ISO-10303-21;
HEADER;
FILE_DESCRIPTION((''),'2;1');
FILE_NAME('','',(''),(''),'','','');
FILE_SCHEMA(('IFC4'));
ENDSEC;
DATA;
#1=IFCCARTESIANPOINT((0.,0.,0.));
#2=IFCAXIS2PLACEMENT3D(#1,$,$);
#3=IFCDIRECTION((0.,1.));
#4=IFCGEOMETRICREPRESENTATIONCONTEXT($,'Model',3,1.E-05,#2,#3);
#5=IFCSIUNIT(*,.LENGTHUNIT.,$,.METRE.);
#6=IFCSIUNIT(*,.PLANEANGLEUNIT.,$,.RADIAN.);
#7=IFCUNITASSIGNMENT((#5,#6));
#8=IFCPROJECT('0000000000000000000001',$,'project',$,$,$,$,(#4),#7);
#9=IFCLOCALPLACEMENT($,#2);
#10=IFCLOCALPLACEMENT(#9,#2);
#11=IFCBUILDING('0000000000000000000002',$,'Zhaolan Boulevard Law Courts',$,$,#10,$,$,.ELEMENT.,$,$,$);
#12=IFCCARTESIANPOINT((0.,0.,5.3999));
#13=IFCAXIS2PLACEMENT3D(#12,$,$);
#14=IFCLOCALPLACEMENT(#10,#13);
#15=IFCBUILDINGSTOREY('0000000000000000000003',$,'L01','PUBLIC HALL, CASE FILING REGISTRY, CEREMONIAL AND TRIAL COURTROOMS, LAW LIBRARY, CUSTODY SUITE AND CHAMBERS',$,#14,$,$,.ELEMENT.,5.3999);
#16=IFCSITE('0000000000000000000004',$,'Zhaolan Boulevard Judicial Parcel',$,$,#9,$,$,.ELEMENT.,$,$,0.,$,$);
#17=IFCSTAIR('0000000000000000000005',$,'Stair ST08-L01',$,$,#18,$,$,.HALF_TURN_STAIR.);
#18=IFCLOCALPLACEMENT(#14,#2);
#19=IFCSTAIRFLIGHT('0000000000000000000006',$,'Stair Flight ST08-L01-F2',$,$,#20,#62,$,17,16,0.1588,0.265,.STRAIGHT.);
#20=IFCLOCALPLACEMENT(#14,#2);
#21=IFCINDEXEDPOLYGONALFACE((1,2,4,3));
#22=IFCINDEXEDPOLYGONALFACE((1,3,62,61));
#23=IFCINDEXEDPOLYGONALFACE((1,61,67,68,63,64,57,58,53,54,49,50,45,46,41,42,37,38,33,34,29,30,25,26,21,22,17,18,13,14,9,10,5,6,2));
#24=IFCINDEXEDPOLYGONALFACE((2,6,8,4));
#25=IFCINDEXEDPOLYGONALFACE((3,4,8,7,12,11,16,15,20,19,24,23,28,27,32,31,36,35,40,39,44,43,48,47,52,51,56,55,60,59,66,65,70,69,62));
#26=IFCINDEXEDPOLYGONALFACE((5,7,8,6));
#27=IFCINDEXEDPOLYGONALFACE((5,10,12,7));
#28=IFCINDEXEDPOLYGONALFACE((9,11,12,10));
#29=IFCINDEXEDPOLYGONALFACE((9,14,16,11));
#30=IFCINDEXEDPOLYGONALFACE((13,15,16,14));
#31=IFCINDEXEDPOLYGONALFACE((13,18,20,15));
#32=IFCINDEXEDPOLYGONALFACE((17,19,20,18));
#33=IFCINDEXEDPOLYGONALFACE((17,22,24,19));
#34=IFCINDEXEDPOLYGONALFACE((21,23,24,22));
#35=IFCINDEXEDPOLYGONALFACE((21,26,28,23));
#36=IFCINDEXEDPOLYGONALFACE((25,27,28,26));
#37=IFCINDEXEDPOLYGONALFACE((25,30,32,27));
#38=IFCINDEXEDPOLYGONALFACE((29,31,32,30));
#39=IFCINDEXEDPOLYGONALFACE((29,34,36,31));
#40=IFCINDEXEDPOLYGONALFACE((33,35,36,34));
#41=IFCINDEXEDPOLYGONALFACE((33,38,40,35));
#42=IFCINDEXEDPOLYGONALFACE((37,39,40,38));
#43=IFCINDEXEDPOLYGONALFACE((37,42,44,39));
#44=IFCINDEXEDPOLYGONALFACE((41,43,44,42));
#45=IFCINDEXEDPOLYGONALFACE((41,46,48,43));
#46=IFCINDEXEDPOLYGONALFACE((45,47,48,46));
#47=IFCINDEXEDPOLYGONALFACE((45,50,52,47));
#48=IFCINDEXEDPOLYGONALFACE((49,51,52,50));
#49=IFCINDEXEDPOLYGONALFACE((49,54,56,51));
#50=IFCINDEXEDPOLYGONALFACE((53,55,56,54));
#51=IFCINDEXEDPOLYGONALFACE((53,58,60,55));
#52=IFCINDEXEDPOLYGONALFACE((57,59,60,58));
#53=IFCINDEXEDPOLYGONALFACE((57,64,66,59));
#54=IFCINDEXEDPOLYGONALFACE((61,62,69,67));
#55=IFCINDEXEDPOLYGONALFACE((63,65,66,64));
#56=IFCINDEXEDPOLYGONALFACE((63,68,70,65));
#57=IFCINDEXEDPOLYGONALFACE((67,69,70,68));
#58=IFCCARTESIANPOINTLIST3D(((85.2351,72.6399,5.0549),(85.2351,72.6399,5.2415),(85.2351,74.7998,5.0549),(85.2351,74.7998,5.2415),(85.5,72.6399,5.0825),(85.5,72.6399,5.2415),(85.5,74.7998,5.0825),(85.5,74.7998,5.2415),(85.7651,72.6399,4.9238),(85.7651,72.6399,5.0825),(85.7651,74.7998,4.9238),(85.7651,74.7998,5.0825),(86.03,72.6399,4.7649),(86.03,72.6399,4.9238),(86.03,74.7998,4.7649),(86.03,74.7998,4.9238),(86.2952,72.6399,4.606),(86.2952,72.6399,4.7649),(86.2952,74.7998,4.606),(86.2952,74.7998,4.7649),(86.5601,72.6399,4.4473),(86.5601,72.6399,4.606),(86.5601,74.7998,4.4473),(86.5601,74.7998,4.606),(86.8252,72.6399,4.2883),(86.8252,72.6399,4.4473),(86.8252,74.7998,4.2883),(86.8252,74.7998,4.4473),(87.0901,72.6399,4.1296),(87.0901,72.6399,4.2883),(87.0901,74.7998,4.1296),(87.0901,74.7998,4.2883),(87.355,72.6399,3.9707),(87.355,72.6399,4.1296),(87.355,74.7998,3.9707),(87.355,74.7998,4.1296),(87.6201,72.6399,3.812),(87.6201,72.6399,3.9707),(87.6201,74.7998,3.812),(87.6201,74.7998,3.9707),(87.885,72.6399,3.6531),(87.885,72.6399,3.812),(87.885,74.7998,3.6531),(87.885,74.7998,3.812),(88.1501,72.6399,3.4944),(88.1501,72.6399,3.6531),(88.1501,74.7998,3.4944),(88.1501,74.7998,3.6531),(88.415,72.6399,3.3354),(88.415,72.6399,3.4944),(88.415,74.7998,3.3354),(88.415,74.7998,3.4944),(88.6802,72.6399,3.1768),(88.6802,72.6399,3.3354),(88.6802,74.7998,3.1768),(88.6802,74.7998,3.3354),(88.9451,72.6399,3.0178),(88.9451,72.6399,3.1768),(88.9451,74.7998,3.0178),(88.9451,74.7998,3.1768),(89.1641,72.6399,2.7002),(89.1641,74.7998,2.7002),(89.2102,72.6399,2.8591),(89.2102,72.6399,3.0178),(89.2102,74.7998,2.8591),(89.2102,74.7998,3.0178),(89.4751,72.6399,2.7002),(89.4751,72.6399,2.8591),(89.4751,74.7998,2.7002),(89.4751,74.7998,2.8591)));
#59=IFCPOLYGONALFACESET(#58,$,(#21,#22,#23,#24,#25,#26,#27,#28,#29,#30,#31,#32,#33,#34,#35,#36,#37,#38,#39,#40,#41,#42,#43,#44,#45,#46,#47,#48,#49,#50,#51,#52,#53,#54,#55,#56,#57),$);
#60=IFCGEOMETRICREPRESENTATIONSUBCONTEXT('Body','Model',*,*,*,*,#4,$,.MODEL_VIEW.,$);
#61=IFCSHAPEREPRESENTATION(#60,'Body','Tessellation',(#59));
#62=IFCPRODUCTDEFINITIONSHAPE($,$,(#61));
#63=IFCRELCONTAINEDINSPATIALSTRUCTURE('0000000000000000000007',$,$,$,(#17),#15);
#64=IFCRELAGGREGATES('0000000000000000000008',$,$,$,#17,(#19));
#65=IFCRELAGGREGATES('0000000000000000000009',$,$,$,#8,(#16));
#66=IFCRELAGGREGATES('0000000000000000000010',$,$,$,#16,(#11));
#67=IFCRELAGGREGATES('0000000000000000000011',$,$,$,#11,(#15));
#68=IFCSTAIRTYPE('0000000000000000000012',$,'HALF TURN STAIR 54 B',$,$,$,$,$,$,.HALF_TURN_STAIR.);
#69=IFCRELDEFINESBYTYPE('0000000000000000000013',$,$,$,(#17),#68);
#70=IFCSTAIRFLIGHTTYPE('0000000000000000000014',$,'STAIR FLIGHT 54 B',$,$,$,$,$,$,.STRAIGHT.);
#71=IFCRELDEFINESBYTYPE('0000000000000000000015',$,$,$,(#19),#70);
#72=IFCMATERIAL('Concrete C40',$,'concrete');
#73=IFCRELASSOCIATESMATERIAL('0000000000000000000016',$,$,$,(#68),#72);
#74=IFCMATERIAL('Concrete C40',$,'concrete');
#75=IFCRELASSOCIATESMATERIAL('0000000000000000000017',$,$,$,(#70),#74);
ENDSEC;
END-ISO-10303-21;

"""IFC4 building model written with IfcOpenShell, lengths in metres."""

from ifc_helpers import new_model, si_unit, direction, frame, origin, place, context, subcontext, project, spatial, polyline, outline, extrude, material, type_object, element, aggregate, save


model = new_model("IFC4")

# Units and contexts
model_context = context("Model", 3, precision=1e-05, world=origin(), true_north=direction((0.0, 1.0)))
body_context = subcontext(model_context, "Body", "Model", "MODEL_VIEW")
ifc_project = project(units=[si_unit("LENGTHUNIT", "METRE"), si_unit("PLANEANGLEUNIT", "RADIAN")], contexts=[model_context])

# Site, building, storey
site_placement = place(None, origin())
site = spatial("IfcSite", under=ifc_project, at=site_placement, Name="Zhaolan Boulevard Judicial Parcel", CompositionType="ELEMENT", RefElevation=0.0)
building_placement = place(site_placement, origin())
building = spatial("IfcBuilding", under=site, at=building_placement, Name="Zhaolan Boulevard Law Courts", CompositionType="ELEMENT")
storey_placement = place(building_placement, frame((0.0, 0.0, 5.3999)))
storey = spatial("IfcBuildingStorey", under=building, at=storey_placement, Name="L01", Description="PUBLIC HALL, CASE FILING REGISTRY, CEREMONIAL AND TRIAL COURTROOMS, LAW LIBRARY, CUSTODY SUITE AND CHAMBERS", CompositionType="ELEMENT", Elevation=5.3999)

# Stair, stair flight
ifc_material_1 = material(Name="Concrete C40", Category="concrete")
stair_type = type_object("IfcStairType", Name="HALF TURN STAIR 54 B", PredefinedType="HALF_TURN_STAIR", material=ifc_material_1)
stair_placement = place(storey_placement, origin())
stair = element("IfcStair", 1, at=stair_placement, inside=storey, type_object=stair_type, Name="Stair ST08-L01", PredefinedType="HALF_TURN_STAIR")
ifc_material_2 = material(Name="Concrete C40", Category="concrete")
stair_flight_type = type_object("IfcStairFlightType", Name="STAIR FLIGHT 54 B", PredefinedType="STRAIGHT", material=ifc_material_2)
stair_flight_1_placement = place(storey_placement, frame((89.4751, 73.72, 2.7002), z_axis=(0.0, 0.0, 1.0), x_axis=(-1.0, 0.0, 0.0)))
stair_flight_1 = element("IfcStairFlight", 2, at=stair_flight_1_placement, type_object=stair_flight_type, Name="Stair Flight ST08-L01-F2", NumberOfRisers=17, NumberOfTreads=16, PredefinedType="STRAIGHT", RiserHeight=0.1588, TreadLength=0.265, context=body_context, shape_type="SweptSolid", body=[
    extrude(outline(polyline([(0.0, 0.0), (0.0, 0.1589), (0.2649, 0.1589), (0.2649, 0.3176), (0.53, 0.3176), (0.53, 0.4766), (0.7949, 0.4766), (0.7949, 0.6353), (1.0601, 0.6353), (1.0601, 0.7942), (1.325, 0.7942), (1.325, 0.9529), (1.5901, 0.9529), (1.5901, 1.1118), (1.855, 1.1118), (1.855, 1.2705), (2.1201, 1.2705), (2.1201, 1.4294), (2.385, 1.4294), (2.385, 1.5881), (2.6499, 1.5881), (2.6499, 1.7471), (2.915, 1.7471), (2.915, 1.9058), (3.1799, 1.9058), (3.1799, 2.0647), (3.4451, 2.0647), (3.4451, 2.2236), (3.71, 2.2236), (3.71, 2.3823), (3.9751, 2.3823), (3.9751, 2.5413), (4.24, 2.5413), (4.24, 2.7), (4.24, 2.3547), (0.311, 0.0), (0.0, 0.0)])), frame((0.0, 1.0801, 0.0), z_axis=(0.0, -1.0, 0.0), x_axis=(1.0, 0.0, 0.0)), (0.0, 0.0, 1.0), 2.1599),
])
aggregate(stair, [stair_flight_1])

save(model, "model.ifc")
